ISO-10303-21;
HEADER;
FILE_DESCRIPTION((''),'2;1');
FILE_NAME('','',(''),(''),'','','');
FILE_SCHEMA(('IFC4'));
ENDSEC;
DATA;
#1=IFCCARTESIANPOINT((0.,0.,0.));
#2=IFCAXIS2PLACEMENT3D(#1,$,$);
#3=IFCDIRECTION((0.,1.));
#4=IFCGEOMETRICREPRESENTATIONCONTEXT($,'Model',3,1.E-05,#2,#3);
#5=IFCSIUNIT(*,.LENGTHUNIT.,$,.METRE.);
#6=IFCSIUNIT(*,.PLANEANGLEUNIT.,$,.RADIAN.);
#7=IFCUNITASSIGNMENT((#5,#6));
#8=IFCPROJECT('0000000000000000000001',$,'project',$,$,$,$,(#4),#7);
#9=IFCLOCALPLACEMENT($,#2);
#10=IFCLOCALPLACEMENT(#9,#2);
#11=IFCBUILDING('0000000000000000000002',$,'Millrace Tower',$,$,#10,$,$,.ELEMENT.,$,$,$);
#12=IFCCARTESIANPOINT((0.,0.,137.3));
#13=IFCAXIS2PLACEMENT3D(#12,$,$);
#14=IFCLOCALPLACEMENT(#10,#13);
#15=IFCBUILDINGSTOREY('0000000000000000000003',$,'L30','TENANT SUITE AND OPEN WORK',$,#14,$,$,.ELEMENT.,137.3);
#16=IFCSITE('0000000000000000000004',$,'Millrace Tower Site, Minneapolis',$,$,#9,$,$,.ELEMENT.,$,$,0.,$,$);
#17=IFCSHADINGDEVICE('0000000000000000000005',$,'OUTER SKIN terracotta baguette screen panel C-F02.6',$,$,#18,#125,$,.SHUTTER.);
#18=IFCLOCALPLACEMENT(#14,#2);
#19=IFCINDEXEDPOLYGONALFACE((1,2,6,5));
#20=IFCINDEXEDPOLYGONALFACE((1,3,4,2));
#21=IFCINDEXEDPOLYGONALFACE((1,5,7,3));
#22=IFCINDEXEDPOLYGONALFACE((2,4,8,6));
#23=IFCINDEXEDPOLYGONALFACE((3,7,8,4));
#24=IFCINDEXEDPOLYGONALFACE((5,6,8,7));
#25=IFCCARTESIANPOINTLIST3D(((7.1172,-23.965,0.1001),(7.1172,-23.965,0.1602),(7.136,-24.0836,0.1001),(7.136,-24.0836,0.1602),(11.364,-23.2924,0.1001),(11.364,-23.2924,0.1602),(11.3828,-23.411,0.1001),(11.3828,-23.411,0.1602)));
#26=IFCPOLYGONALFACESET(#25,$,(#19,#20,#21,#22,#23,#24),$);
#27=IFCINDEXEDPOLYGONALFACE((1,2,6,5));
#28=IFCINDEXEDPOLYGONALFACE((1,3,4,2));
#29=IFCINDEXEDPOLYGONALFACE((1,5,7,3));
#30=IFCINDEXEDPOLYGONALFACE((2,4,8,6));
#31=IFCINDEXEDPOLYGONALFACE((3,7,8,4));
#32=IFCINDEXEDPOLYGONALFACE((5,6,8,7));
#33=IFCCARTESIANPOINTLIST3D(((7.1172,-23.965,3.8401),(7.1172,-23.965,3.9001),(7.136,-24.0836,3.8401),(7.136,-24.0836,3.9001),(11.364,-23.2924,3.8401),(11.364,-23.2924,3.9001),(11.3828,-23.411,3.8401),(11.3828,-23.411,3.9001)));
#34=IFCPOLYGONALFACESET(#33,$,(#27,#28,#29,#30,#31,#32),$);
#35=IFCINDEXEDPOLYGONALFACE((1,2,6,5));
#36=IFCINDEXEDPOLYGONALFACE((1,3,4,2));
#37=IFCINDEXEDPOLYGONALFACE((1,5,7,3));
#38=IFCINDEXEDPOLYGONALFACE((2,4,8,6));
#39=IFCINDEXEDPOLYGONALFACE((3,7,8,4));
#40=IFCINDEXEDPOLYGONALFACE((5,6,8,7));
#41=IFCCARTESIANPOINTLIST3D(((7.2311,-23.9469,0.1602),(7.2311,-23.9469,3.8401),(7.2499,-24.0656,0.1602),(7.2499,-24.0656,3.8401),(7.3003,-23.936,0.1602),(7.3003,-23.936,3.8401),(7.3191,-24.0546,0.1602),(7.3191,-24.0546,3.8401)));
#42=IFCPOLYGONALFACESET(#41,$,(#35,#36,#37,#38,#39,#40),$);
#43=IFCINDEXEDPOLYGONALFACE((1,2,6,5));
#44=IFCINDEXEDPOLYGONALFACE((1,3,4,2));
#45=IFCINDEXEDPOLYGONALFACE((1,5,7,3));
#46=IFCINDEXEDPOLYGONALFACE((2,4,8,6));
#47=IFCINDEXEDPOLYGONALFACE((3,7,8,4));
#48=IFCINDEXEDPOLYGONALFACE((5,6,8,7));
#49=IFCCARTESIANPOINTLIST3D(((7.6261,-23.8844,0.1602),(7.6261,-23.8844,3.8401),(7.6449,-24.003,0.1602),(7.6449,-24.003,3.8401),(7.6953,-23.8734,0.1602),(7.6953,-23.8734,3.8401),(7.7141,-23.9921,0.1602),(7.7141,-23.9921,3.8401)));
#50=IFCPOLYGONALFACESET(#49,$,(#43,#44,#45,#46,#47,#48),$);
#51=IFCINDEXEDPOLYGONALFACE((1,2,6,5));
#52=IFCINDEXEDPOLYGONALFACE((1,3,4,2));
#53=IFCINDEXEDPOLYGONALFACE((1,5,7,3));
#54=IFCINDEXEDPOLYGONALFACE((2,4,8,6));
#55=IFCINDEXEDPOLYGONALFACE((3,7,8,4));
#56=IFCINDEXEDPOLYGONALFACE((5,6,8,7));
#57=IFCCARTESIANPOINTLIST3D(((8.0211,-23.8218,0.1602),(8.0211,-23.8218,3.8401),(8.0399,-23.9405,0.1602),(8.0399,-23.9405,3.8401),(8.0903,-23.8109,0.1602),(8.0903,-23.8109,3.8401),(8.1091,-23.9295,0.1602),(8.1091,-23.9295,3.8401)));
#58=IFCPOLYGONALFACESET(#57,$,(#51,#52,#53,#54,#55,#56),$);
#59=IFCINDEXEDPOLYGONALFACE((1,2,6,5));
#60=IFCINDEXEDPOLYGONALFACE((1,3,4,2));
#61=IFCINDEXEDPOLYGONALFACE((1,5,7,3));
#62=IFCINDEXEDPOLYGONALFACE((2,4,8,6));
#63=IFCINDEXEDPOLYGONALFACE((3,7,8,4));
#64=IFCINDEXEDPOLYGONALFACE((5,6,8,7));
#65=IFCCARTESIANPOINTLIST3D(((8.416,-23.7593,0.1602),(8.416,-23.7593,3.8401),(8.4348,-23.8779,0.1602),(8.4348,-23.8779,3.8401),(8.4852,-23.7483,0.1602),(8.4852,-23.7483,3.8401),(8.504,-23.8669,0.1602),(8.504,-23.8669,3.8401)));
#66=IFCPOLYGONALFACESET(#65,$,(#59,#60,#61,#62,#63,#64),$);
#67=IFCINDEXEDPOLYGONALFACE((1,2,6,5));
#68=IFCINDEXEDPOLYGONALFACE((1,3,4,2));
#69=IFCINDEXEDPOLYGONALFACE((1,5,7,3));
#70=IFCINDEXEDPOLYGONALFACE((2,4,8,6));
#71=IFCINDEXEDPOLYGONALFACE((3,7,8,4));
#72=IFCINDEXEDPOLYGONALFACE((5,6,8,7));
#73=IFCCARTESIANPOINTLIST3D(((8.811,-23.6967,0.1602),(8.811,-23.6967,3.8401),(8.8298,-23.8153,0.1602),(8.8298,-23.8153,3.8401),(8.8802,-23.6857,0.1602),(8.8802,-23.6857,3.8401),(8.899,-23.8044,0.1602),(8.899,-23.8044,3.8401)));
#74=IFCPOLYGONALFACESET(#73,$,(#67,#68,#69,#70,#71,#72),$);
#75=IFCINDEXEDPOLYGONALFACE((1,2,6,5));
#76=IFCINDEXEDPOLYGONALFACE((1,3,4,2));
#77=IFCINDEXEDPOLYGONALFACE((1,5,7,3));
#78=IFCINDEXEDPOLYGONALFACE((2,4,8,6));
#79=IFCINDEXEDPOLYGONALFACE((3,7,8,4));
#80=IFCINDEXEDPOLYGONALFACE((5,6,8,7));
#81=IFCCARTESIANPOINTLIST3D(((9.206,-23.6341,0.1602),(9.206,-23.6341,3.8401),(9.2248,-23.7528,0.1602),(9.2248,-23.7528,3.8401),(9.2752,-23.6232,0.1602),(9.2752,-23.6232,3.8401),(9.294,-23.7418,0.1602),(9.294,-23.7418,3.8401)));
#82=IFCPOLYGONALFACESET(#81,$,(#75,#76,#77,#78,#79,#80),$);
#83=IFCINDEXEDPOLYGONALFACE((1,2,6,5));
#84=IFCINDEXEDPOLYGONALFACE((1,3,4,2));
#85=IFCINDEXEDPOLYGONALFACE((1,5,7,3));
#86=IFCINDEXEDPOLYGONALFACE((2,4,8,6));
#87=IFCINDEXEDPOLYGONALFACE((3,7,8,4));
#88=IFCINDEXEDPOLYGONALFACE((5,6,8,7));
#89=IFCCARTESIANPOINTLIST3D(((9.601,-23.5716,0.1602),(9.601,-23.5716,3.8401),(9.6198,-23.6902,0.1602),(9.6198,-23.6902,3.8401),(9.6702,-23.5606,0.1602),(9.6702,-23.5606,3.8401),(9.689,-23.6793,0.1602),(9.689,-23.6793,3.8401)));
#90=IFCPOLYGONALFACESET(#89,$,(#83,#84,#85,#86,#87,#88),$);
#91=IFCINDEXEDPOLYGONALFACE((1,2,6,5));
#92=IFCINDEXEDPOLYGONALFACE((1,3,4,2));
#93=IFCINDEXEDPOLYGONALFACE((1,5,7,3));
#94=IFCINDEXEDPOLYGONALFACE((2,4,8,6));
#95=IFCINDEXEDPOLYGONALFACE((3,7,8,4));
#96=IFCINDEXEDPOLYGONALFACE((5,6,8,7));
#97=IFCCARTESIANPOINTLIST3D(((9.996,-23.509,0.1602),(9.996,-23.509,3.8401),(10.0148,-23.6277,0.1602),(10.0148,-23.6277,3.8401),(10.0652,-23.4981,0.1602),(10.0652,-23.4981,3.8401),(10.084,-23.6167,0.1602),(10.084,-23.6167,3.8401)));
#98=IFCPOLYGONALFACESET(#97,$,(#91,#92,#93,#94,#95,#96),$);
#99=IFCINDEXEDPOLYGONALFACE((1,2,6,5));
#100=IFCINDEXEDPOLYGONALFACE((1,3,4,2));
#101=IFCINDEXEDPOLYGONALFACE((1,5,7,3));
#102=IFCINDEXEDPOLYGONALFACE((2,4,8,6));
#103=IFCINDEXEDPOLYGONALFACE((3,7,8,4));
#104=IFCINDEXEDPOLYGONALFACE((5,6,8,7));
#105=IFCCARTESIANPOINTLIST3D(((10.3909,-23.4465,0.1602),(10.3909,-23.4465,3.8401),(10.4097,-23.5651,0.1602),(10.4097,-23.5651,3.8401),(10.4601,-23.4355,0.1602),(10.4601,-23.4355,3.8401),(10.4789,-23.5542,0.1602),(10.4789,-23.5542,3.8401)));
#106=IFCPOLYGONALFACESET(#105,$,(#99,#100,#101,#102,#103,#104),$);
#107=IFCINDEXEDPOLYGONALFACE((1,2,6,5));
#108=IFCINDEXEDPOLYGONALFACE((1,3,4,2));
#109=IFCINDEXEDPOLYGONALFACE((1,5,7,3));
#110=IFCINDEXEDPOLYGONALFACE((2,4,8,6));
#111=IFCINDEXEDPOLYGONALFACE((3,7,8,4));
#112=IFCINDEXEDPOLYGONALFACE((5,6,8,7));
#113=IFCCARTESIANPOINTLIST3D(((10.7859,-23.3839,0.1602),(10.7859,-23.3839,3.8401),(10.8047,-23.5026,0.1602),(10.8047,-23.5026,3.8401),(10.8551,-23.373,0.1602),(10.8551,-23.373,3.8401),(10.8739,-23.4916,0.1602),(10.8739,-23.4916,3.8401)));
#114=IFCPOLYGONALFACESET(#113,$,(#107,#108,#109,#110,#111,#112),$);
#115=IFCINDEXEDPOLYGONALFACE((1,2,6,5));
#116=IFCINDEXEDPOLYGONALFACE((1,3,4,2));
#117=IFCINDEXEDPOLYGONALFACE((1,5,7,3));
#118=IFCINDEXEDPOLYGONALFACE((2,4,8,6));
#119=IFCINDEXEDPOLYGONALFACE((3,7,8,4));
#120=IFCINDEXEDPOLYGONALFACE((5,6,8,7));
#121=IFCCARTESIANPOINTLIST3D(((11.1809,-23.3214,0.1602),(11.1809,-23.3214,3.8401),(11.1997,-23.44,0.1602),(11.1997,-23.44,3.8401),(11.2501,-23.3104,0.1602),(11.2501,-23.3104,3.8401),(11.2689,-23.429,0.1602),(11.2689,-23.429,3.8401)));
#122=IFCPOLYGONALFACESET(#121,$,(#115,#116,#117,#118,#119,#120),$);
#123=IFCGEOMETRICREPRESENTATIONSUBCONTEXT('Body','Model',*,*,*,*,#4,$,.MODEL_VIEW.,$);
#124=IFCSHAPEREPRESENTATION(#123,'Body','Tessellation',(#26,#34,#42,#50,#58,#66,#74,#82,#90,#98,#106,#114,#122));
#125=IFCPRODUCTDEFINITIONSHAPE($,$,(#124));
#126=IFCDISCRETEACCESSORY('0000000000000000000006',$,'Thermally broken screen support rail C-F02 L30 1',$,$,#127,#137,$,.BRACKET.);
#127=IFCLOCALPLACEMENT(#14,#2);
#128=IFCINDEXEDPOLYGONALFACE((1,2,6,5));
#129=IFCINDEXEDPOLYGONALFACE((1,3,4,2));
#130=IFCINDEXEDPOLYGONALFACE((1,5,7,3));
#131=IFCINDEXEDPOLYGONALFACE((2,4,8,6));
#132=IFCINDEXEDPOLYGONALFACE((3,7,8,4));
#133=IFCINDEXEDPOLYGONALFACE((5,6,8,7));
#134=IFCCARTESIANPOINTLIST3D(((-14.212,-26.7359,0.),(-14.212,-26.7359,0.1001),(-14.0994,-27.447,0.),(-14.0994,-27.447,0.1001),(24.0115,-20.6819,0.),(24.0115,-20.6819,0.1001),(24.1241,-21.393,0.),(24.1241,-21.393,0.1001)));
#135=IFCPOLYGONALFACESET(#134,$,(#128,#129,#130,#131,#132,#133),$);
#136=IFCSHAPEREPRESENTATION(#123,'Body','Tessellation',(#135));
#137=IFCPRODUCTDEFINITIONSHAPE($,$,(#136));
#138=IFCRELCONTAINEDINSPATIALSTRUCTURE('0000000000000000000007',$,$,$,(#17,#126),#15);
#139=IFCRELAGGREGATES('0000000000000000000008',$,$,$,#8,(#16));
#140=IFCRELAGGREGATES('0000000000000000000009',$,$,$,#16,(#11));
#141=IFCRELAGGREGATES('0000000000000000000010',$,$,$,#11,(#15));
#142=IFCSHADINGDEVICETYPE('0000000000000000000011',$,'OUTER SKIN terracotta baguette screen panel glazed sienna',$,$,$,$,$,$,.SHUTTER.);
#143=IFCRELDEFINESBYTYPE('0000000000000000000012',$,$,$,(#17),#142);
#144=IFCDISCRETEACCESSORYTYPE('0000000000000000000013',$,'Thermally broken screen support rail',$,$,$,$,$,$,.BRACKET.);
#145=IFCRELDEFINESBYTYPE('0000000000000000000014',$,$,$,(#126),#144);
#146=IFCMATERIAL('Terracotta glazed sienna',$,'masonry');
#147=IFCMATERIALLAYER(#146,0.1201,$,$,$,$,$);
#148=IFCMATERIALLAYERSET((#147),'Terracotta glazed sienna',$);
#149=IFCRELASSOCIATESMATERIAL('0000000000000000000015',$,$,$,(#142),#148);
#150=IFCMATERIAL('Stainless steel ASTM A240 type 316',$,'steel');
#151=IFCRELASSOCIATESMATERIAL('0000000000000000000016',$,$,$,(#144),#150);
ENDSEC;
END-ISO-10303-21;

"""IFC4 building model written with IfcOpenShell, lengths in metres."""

from ifc_helpers import new_model, entity, si_unit, direction, frame, frame_2d, origin, origin_2d, place, context, subcontext, project, spatial, rectangle, extrude, source, transform, mapped, material, layer, layer_set, type_object, element, save


model = new_model("IFC4")

# Units and contexts
model_context = context("Model", 3, precision=1e-05, world=origin(), true_north=direction((0.0, 1.0)))
body_context = subcontext(model_context, "Body", "Model", "MODEL_VIEW")
ifc_project = project(units=[si_unit("LENGTHUNIT", "METRE"), si_unit("PLANEANGLEUNIT", "RADIAN")], contexts=[model_context])

# Site, building, storey
site_placement = place(None, origin())
site = spatial("IfcSite", under=ifc_project, at=site_placement, Name="Millrace Tower Site, Minneapolis", CompositionType="ELEMENT", RefElevation=0.0)
building_placement = place(site_placement, origin())
building = spatial("IfcBuilding", under=site, at=building_placement, Name="Millrace Tower", CompositionType="ELEMENT")
storey_placement = place(building_placement, frame((0.0, 0.0, 137.3)))
storey = spatial("IfcBuildingStorey", under=building, at=storey_placement, Name="L30", Description="TENANT SUITE AND OPEN WORK", CompositionType="ELEMENT", Elevation=137.3)

# Shading device
ifc_material_1 = material(Name="Terracotta glazed sienna", Category="masonry")
ifc_layer_1 = layer(ifc_material_1, 0.1201)
ifc_layer_set_1 = layer_set([ifc_layer_1], Name="Terracotta glazed sienna")
shading_device_type = type_object("IfcShadingDeviceType", Name="OUTER SKIN terracotta baguette screen panel glazed sienna", PredefinedType="SHUTTER", material=ifc_layer_set_1)
cartesian_point = entity("IfcCartesianPoint", [-2.1499, 0.0601])
shared_polyline = entity("IfcPolyline", [cartesian_point, entity("IfcCartesianPoint", [2.1499, 0.0601]), entity("IfcCartesianPoint", [2.1499, -0.0601]), entity("IfcCartesianPoint", [-2.1499, -0.0601]), cartesian_point])
shared_shape = source(origin(), body_context, "Body", "SweptSolid", [
    entity("IfcExtrudedAreaSolid", entity("IfcArbitraryClosedProfileDef", "AREA", None, shared_polyline), entity("IfcAxis2Placement3D", entity("IfcCartesianPoint", [0.0, 0.0, 0.0])), entity("IfcDirection", [0.0, 0.0, 1.0]), 0.0601),
    entity("IfcExtrudedAreaSolid", entity("IfcArbitraryClosedProfileDef", "AREA", None, shared_polyline), entity("IfcAxis2Placement3D", entity("IfcCartesianPoint", [0.0, 0.0, 3.74])), entity("IfcDirection", [0.0, 0.0, 1.0]), 0.0601),
    extrude(rectangle(XDim=0.0701, YDim=0.1201, at=frame_2d((-1.9995, 0.0))), frame((0.0, 0.0, 0.0601)), (0.0, 0.0, 1.0), 3.6799),
    extrude(rectangle(XDim=0.0701, YDim=0.1201, at=frame_2d((-1.5996, 0.0))), frame((0.0, 0.0, 0.0601)), (0.0, 0.0, 1.0), 3.6799),
    extrude(rectangle(XDim=0.0701, YDim=0.1201, at=frame_2d((-1.1997, 0.0))), frame((0.0, 0.0, 0.0601)), (0.0, 0.0, 1.0), 3.6799),
    extrude(rectangle(XDim=0.0701, YDim=0.1201, at=frame_2d((-0.7998, 0.0))), frame((0.0, 0.0, 0.0601)), (0.0, 0.0, 1.0), 3.6799),
    extrude(rectangle(XDim=0.0701, YDim=0.1201, at=frame_2d((-0.3999, 0.0))), frame((0.0, 0.0, 0.0601)), (0.0, 0.0, 1.0), 3.6799),
    extrude(rectangle(XDim=0.0701, YDim=0.1201, at=origin_2d()), frame((0.0, 0.0, 0.0601)), (0.0, 0.0, 1.0), 3.6799),
    extrude(rectangle(XDim=0.0701, YDim=0.1201, at=frame_2d((0.3999, 0.0))), frame((0.0, 0.0, 0.0601)), (0.0, 0.0, 1.0), 3.6799),
    extrude(rectangle(XDim=0.0701, YDim=0.1201, at=frame_2d((0.7998, 0.0))), frame((0.0, 0.0, 0.0601)), (0.0, 0.0, 1.0), 3.6799),
    extrude(rectangle(XDim=0.0701, YDim=0.1201, at=frame_2d((1.1997, 0.0))), frame((0.0, 0.0, 0.0601)), (0.0, 0.0, 1.0), 3.6799),
    extrude(rectangle(XDim=0.0701, YDim=0.1201, at=frame_2d((1.5996, 0.0))), frame((0.0, 0.0, 0.0601)), (0.0, 0.0, 1.0), 3.6799),
    extrude(rectangle(XDim=0.0701, YDim=0.1201, at=frame_2d((1.9995, 0.0))), frame((0.0, 0.0, 0.0601)), (0.0, 0.0, 1.0), 3.6799),
])
for number, where, z_axis, x_axis, name in (
    (1, (9.25, -23.688, 0.1001), (0.0, 0.0, 1.0), (0.987688, 0.156434, 0.0), "OUTER SKIN terracotta baguette screen panel C-F02.6"),
):
    element("IfcShadingDevice", number, at=place(storey_placement, frame(where, z_axis=z_axis, x_axis=x_axis)), inside=storey, type_object=shading_device_type, Name=name, PredefinedType="SHUTTER", context=body_context, shape_type="MappedRepresentation", body=[
        mapped(shared_shape, transform((0.0, 0.0, 0.0), scale=1.0)),
    ])

# Discrete accessory
ifc_material_2 = material(Name="Stainless steel ASTM A240 type 316", Category="steel")
discrete_accessory_type = type_object("IfcDiscreteAccessoryType", Name="Thermally broken screen support rail", PredefinedType="BRACKET", material=ifc_material_2)
discrete_accessory_placement = place(storey_placement, frame((4.9561, -24.0645, 0.0), z_axis=(0.0, 0.0, 1.0), x_axis=(0.987688, 0.156434, 0.0)))
element("IfcDiscreteAccessory", 2, at=discrete_accessory_placement, inside=storey, type_object=discrete_accessory_type, Name="Thermally broken screen support rail C-F02 L30 1", PredefinedType="BRACKET", context=body_context, shape_type="SweptSolid", body=[
    extrude(rectangle(XDim=38.7, YDim=0.72, at=origin_2d()), origin(), (0.0, 0.0, 1.0), 0.1001),
])

save(model, "model.ifc")
